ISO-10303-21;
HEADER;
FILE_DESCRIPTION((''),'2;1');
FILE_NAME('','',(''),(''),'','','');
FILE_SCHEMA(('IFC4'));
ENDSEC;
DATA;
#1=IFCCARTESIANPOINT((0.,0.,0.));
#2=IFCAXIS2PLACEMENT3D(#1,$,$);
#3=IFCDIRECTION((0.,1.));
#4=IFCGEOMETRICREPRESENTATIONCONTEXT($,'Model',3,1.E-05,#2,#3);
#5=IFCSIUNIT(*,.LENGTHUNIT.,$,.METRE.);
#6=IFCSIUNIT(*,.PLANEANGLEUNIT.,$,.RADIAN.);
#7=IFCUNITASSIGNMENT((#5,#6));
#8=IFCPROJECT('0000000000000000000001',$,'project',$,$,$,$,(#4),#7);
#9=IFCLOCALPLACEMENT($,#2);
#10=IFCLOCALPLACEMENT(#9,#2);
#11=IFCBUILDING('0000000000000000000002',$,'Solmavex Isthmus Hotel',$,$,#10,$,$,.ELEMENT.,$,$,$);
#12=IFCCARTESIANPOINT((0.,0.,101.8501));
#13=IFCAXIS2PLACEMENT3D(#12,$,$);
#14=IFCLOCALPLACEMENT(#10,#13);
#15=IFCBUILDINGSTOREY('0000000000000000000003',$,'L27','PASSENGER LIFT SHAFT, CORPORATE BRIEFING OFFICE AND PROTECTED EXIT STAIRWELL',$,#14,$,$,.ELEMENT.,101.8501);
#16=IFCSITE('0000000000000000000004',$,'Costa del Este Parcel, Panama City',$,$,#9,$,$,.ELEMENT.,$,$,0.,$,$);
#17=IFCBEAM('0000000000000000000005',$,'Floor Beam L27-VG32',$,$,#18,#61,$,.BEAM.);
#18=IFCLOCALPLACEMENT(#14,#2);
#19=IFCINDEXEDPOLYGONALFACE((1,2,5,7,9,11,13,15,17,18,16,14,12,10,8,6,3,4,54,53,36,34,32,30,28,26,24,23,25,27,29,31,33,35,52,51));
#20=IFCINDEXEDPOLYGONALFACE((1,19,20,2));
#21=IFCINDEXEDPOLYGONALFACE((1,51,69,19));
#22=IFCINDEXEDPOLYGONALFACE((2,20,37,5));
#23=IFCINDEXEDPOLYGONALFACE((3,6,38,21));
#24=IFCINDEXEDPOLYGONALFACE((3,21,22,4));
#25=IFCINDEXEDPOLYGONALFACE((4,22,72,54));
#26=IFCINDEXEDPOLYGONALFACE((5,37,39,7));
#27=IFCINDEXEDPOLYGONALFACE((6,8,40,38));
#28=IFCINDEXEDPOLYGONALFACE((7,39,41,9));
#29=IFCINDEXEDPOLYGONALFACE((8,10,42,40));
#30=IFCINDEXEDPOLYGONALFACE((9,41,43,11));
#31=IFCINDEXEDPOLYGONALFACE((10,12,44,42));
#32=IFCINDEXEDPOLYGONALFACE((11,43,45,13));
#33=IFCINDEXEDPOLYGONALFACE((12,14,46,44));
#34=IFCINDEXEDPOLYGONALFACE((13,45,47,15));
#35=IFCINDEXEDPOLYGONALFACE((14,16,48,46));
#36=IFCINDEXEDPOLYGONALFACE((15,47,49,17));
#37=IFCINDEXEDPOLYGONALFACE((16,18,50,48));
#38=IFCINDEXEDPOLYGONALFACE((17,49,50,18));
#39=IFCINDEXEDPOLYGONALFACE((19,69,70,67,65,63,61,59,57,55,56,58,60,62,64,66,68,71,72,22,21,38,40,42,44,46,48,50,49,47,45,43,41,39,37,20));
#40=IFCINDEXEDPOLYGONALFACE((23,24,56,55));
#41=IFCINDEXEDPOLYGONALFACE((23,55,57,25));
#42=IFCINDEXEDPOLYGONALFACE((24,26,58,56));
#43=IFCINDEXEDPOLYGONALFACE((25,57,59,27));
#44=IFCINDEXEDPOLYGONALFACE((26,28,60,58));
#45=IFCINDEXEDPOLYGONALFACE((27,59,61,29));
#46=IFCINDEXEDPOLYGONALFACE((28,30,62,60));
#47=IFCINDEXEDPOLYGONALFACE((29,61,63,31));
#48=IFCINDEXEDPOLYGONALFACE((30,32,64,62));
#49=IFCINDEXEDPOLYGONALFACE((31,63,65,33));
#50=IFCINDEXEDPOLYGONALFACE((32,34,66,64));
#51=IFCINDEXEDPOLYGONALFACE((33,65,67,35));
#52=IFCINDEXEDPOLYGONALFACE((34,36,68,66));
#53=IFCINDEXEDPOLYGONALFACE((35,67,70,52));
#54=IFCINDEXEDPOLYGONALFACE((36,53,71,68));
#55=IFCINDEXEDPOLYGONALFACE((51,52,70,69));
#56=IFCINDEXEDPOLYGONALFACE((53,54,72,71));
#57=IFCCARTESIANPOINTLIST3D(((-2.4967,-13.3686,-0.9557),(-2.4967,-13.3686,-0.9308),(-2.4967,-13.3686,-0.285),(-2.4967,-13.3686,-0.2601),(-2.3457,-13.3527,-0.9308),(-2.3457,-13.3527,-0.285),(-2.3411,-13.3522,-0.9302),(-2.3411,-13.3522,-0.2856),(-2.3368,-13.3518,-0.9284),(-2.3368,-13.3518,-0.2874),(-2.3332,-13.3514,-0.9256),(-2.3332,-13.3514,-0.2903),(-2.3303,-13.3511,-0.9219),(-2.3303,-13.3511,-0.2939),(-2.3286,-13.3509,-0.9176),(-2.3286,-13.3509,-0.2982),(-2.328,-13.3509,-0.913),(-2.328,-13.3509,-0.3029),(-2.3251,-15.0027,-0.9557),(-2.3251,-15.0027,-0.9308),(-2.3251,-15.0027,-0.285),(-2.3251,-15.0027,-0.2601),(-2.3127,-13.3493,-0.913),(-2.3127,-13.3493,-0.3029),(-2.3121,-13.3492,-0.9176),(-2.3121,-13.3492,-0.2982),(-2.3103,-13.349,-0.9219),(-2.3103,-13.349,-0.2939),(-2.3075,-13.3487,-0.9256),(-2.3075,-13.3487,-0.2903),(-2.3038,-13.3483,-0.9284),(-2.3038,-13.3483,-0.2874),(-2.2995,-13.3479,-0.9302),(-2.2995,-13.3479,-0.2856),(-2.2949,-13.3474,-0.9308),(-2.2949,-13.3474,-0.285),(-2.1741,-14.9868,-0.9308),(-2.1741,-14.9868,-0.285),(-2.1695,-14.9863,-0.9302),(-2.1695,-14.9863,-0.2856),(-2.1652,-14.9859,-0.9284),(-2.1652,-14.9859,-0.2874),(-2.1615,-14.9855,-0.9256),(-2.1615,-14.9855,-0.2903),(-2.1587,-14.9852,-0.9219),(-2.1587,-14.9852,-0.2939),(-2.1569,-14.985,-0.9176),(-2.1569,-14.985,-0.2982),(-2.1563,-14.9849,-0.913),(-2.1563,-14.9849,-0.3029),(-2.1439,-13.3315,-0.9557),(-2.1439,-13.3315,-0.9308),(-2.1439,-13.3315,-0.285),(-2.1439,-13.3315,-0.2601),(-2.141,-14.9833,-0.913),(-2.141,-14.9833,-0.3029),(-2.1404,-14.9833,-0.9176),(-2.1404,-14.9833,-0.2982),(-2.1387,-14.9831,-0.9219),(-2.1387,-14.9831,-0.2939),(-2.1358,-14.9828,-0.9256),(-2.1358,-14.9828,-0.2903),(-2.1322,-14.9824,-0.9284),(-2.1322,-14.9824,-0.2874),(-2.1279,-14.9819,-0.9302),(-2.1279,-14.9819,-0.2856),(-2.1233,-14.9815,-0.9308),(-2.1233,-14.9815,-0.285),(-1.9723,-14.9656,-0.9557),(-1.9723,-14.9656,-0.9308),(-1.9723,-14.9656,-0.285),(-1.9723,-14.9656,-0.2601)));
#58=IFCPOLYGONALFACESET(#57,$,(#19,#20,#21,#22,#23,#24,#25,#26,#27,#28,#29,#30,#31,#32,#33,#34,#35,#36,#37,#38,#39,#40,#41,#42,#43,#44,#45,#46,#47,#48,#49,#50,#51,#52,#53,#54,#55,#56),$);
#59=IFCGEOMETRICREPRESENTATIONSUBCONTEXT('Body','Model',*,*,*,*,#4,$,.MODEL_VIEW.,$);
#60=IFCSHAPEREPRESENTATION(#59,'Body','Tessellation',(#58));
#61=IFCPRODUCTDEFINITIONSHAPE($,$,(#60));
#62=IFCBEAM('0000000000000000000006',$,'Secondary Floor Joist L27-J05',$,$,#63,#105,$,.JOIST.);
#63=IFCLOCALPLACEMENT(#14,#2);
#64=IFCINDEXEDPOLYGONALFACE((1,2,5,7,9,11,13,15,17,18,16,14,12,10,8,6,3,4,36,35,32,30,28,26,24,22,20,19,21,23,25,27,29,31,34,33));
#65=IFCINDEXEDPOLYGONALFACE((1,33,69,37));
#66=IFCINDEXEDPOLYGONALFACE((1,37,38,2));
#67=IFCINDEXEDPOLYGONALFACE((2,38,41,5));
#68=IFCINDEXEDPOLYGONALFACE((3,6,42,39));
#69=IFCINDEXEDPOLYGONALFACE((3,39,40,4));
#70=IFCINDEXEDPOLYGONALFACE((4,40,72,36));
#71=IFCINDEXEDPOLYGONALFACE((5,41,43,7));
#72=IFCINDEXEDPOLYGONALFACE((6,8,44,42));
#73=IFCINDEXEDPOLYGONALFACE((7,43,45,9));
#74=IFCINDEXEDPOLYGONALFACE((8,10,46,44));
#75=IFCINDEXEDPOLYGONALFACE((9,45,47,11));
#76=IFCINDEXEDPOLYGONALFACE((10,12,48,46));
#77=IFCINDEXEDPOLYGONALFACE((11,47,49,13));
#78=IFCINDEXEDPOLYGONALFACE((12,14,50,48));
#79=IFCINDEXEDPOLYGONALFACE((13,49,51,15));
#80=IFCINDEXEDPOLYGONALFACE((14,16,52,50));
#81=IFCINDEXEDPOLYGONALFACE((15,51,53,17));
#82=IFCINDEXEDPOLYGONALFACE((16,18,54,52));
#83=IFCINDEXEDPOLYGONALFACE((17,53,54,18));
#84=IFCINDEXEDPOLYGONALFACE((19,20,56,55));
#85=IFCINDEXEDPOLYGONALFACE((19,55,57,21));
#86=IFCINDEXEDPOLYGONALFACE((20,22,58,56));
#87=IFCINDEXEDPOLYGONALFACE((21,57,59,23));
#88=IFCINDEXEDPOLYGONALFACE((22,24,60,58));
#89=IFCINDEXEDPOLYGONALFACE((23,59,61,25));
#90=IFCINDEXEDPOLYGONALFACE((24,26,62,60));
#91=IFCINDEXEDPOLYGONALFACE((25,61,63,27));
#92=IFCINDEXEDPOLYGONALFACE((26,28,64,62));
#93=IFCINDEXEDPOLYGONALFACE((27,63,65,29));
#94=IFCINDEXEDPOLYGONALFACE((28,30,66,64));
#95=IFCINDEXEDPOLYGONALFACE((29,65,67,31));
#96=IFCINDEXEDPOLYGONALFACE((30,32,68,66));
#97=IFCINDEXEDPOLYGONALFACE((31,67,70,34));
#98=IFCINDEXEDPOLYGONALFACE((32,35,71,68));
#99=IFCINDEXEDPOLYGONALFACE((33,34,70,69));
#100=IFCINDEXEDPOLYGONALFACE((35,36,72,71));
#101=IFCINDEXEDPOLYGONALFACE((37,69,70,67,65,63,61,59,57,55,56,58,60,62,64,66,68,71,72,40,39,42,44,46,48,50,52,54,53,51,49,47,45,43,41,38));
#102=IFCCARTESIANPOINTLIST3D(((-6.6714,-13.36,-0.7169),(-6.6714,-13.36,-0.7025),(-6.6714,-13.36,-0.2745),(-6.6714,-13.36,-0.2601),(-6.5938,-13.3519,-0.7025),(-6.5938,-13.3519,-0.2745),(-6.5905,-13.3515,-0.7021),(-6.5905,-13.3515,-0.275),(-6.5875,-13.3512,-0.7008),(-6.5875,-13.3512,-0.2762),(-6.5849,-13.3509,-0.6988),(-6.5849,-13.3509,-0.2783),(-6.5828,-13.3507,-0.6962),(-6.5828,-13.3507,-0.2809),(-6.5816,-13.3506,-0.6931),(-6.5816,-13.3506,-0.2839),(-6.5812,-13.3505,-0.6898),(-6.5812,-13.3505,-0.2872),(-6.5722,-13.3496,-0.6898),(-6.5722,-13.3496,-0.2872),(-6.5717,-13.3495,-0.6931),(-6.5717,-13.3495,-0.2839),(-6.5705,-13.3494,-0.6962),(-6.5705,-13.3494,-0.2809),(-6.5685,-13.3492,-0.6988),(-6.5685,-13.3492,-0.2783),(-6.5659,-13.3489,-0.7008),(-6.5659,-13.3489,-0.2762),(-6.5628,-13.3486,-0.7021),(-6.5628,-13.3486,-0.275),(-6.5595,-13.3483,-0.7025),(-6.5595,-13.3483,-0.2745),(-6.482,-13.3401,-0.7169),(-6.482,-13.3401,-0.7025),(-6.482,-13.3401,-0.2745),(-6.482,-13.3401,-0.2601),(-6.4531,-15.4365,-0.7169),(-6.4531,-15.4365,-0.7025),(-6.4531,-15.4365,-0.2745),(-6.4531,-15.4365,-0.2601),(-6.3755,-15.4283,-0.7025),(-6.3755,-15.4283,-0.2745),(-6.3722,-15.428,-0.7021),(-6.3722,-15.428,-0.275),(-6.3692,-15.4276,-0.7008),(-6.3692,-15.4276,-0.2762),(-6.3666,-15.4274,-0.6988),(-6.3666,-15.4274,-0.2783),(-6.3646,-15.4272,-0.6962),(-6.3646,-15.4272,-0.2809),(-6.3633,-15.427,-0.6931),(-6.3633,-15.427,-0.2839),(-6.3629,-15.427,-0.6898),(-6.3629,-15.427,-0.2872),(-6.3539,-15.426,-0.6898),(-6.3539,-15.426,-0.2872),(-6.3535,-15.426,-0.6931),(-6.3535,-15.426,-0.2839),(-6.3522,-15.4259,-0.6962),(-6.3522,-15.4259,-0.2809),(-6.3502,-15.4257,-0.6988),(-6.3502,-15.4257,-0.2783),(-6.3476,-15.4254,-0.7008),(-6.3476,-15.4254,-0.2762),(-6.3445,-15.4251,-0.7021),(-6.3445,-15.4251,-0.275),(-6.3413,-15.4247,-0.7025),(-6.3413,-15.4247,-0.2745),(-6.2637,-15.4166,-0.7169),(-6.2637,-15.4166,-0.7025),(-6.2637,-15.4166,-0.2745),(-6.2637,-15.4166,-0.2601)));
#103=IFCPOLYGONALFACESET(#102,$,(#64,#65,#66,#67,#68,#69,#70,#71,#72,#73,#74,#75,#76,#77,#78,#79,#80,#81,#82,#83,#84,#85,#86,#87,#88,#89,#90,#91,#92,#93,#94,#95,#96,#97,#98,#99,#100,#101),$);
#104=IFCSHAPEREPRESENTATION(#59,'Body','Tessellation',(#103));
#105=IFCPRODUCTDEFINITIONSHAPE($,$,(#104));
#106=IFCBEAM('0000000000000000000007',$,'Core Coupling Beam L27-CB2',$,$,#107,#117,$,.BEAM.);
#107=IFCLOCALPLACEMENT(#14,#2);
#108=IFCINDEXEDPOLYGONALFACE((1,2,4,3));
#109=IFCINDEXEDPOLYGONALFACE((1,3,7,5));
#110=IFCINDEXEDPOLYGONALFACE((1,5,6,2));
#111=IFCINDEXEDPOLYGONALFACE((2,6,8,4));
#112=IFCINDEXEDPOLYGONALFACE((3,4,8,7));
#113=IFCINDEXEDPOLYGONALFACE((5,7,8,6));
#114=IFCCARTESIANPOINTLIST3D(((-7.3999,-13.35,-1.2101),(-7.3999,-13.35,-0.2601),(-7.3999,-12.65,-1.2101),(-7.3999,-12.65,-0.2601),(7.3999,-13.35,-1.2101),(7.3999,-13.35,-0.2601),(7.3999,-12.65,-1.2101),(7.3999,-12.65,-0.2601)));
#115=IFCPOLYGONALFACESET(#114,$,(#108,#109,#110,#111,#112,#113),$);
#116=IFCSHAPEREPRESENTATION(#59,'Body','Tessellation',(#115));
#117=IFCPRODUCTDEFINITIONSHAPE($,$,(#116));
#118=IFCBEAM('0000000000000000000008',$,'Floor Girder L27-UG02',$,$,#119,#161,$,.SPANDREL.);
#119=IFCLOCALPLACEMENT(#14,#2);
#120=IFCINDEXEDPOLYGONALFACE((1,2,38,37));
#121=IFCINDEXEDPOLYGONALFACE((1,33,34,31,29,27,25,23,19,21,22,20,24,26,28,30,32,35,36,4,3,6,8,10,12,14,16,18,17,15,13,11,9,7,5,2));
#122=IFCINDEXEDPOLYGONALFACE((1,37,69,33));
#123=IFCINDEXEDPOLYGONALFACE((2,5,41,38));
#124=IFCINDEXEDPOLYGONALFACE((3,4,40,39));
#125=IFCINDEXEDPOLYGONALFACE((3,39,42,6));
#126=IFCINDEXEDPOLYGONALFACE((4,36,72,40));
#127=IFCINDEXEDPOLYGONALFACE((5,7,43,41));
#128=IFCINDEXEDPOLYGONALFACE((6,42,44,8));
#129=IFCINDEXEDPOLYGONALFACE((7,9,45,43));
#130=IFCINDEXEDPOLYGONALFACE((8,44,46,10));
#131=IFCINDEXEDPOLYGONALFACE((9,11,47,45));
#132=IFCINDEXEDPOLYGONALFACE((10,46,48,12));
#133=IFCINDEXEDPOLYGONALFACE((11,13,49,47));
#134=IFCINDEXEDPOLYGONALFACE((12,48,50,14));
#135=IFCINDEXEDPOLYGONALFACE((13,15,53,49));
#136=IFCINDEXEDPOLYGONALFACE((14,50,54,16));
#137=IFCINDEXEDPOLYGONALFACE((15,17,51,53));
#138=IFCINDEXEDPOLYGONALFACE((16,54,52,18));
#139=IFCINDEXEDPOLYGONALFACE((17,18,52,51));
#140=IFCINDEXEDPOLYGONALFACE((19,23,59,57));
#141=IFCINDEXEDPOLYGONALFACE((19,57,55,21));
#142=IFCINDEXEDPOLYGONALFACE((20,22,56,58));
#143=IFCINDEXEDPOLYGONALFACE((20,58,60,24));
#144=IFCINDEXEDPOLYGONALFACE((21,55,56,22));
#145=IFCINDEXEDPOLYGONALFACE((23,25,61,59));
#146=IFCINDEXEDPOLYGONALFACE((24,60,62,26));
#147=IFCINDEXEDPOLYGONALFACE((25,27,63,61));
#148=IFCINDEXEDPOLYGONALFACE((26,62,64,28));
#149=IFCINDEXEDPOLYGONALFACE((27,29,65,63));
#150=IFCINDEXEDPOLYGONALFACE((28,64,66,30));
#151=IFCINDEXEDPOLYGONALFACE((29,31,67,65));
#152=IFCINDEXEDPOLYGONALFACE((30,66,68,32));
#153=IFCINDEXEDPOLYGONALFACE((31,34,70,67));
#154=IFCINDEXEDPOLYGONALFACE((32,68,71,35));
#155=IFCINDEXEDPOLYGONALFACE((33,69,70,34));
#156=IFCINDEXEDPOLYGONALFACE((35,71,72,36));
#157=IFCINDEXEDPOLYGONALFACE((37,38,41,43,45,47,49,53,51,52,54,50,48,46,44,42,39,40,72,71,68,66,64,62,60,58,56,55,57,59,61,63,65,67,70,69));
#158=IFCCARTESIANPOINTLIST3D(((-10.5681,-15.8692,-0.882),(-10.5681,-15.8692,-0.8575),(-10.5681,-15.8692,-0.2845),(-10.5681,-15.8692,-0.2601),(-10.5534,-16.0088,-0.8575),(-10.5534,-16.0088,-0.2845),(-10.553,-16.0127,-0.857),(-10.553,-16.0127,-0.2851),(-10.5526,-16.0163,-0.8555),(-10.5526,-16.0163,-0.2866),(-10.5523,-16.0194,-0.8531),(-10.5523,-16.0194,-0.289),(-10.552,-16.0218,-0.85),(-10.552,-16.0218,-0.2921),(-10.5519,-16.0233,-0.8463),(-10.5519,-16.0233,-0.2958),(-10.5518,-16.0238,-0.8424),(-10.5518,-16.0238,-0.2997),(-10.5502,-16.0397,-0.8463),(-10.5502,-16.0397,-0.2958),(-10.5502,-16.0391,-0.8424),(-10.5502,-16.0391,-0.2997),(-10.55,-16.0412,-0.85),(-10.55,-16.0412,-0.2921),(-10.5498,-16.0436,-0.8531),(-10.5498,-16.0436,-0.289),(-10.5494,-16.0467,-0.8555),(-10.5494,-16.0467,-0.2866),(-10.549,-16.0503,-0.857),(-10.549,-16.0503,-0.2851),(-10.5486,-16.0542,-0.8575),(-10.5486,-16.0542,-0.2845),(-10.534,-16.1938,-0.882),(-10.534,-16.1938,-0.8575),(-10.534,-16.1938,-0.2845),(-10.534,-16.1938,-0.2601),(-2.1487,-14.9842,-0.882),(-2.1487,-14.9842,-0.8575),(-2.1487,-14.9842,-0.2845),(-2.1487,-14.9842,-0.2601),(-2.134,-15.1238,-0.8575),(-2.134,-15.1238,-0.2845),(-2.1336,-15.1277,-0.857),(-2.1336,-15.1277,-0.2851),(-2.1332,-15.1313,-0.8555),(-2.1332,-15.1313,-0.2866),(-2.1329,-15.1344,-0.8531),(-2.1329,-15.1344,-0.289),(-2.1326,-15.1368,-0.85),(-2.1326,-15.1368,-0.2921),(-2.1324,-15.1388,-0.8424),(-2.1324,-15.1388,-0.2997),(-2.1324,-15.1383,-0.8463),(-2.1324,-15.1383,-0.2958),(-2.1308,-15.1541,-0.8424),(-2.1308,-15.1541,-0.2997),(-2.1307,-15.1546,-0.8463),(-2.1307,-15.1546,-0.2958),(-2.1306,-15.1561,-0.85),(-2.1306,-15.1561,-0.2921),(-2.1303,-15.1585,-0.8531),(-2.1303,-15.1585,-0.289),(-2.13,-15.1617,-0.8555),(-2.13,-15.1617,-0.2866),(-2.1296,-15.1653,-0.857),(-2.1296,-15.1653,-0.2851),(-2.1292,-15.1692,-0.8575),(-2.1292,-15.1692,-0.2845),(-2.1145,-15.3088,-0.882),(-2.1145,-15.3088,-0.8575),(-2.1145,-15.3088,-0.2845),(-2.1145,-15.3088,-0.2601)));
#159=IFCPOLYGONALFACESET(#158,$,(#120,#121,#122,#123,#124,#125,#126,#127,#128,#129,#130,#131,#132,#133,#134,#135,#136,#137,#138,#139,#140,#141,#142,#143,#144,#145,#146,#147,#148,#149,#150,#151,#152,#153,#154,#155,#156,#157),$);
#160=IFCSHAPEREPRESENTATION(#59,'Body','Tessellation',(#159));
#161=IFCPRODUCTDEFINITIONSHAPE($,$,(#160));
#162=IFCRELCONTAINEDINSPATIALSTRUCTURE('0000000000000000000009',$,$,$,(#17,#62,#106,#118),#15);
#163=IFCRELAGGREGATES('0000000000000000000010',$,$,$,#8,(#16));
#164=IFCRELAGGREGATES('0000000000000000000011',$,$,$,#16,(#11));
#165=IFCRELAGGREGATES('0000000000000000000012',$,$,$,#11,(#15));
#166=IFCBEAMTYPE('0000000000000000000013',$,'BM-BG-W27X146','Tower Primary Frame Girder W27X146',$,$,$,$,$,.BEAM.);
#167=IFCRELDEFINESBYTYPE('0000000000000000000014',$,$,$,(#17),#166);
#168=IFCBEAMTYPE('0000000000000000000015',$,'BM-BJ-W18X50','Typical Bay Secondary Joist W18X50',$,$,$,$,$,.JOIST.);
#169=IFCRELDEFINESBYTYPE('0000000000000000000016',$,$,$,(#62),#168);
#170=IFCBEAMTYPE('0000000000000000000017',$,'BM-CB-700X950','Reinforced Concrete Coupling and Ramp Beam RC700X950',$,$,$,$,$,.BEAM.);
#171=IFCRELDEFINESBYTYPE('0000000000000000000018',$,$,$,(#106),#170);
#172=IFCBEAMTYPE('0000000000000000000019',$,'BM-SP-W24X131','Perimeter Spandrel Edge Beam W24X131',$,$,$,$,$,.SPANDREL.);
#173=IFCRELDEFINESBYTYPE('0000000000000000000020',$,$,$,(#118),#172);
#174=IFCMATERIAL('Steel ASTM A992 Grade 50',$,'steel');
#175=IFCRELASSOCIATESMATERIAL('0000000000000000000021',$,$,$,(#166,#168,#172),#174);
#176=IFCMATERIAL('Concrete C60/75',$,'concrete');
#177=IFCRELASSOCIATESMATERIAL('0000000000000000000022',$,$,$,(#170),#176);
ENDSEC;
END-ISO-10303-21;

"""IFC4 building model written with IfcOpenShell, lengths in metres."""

from ifc_helpers import new_model, si_unit, direction, frame, origin, origin_2d, place, context, subcontext, project, spatial, rectangle, i_section, extrude, material, material_profile, profile_set, type_object, element, save


model = new_model("IFC4")

# Units and contexts
model_context = context("Model", 3, precision=1e-05, world=origin(), true_north=direction((0.0, 1.0)))
body_context = subcontext(model_context, "Body", "Model", "MODEL_VIEW")
ifc_project = project(units=[si_unit("LENGTHUNIT", "METRE"), si_unit("PLANEANGLEUNIT", "RADIAN")], contexts=[model_context])

# Site, building, storey
site_placement = place(None, origin())
site = spatial("IfcSite", under=ifc_project, at=site_placement, Name="Costa del Este Parcel, Panama City", CompositionType="ELEMENT", RefElevation=0.0)
building_placement = place(site_placement, origin())
building = spatial("IfcBuilding", under=site, at=building_placement, Name="Solmavex Isthmus Hotel", CompositionType="ELEMENT")
storey_placement = place(building_placement, frame((0.0, 0.0, 101.8501)))
storey = spatial("IfcBuildingStorey", under=building, at=storey_placement, Name="L27", Description="PASSENGER LIFT SHAFT, CORPORATE BRIEFING OFFICE AND PROTECTED EXIT STAIRWELL", CompositionType="ELEMENT", Elevation=101.8501)

# Shared definitions
ifc_material_1 = material(Name="Concrete C60/75", Category="concrete")

# Beams
ifc_material_2 = material(Name="Steel ASTM A992 Grade 50", Category="steel")
ifc_material_profile_1 = material_profile(ifc_material_2, i_section(OverallWidth=0.3547, OverallDepth=0.6956, WebThickness=0.0154, FlangeThickness=0.0249, FilletRadius=0.0178, at=origin_2d()), Name="W27X146")
ifc_profile_set_1 = profile_set([ifc_material_profile_1], Name="Steel ASTM A992 Grade 50")
beam_type_1 = type_object("IfcBeamType", Name="BM-BG-W27X146", Description="Tower Primary Frame Girder W27X146", PredefinedType="BEAM", material=ifc_profile_set_1)
beam_1_placement = place(storey_placement, frame((-2.1487, -14.9841, -0.6079), z_axis=(-0.10446, 0.994529, 0.0), x_axis=(-0.994529, -0.10446, 0.0)))
element("IfcBeam", 1, at=beam_1_placement, inside=storey, type_object=beam_type_1, Name="Floor Beam L27-VG32", PredefinedType="BEAM", context=body_context, shape_type="SweptSolid", body=[
    extrude(i_section(OverallWidth=0.3547, OverallDepth=0.6956, WebThickness=0.0154, FlangeThickness=0.0249, FilletRadius=0.0178, at=origin_2d()), origin(), (0.0, 0.0, 1.0), 1.6431),
])
ifc_material_profile_2 = material_profile(ifc_material_2, i_section(OverallWidth=0.1904, OverallDepth=0.4568, WebThickness=0.009, FlangeThickness=0.0144, FilletRadius=0.0127, at=origin_2d()), Name="W18X50")
ifc_profile_set_2 = profile_set([ifc_material_profile_2], Name="Steel ASTM A992 Grade 50")
beam_type_2 = type_object("IfcBeamType", Name="BM-BJ-W18X50", Description="Typical Bay Secondary Joist W18X50", PredefinedType="JOIST", material=ifc_profile_set_2)
beam_2_placement = place(storey_placement, frame((-6.3584, -15.4265, -0.4885), z_axis=(-0.104539, 0.994521, 0.0), x_axis=(-0.994521, -0.104539, 0.0)))
element("IfcBeam", 2, at=beam_2_placement, inside=storey, type_object=beam_type_2, Name="Secondary Floor Joist L27-J05", PredefinedType="JOIST", context=body_context, shape_type="SweptSolid", body=[
    extrude(i_section(OverallWidth=0.1904, OverallDepth=0.4568, WebThickness=0.009, FlangeThickness=0.0144, FilletRadius=0.0127, at=origin_2d()), origin(), (0.0, 0.0, 1.0), 2.0879),
])
ifc_material_profile_3 = material_profile(ifc_material_1, rectangle(XDim=0.7, YDim=0.95, at=origin_2d()), Name="RC700X950")
ifc_profile_set_3 = profile_set([ifc_material_profile_3], Name="Concrete C60/75")
beam_type_3 = type_object("IfcBeamType", Name="BM-CB-700X950", Description="Reinforced Concrete Coupling and Ramp Beam RC700X950", PredefinedType="BEAM", material=ifc_profile_set_3)
beam_3_placement = place(storey_placement, frame((-7.3999, -13.0, -0.7351), z_axis=(1.0, 0.0, 0.0), x_axis=(0.0, 1.0, 0.0)))
element("IfcBeam", 3, at=beam_3_placement, inside=storey, type_object=beam_type_3, Name="Core Coupling Beam L27-CB2", PredefinedType="BEAM", context=body_context, shape_type="SweptSolid", body=[
    extrude(rectangle(XDim=0.7, YDim=0.95, at=origin_2d()), origin(), (0.0, 0.0, 1.0), 14.7998),
])
ifc_material_profile_4 = material_profile(ifc_material_2, i_section(OverallWidth=0.3264, OverallDepth=0.6218, WebThickness=0.0154, FlangeThickness=0.0244, FilletRadius=0.0151, at=origin_2d()), Name="W24X131")
ifc_profile_set_4 = profile_set([ifc_material_profile_4], Name="Steel ASTM A992 Grade 50")
beam_type_4 = type_object("IfcBeamType", Name="BM-SP-W24X131", Description="Perimeter Spandrel Edge Beam W24X131", PredefinedType="SPANDREL", material=ifc_profile_set_4)
beam_4_placement = place(storey_placement, frame((-10.551, -16.0315, -0.571), z_axis=(0.994521, 0.104539, 0.0), x_axis=(-0.104539, 0.994521, 0.0)))
element("IfcBeam", 4, at=beam_4_placement, inside=storey, type_object=beam_type_4, Name="Floor Girder L27-UG02", PredefinedType="SPANDREL", context=body_context, shape_type="SweptSolid", body=[
    extrude(i_section(OverallWidth=0.3264, OverallDepth=0.6218, WebThickness=0.0154, FlangeThickness=0.0244, FilletRadius=0.0151, at=origin_2d()), origin(), (0.0, 0.0, 1.0), 8.4658),
])

save(model, "model.ifc")
